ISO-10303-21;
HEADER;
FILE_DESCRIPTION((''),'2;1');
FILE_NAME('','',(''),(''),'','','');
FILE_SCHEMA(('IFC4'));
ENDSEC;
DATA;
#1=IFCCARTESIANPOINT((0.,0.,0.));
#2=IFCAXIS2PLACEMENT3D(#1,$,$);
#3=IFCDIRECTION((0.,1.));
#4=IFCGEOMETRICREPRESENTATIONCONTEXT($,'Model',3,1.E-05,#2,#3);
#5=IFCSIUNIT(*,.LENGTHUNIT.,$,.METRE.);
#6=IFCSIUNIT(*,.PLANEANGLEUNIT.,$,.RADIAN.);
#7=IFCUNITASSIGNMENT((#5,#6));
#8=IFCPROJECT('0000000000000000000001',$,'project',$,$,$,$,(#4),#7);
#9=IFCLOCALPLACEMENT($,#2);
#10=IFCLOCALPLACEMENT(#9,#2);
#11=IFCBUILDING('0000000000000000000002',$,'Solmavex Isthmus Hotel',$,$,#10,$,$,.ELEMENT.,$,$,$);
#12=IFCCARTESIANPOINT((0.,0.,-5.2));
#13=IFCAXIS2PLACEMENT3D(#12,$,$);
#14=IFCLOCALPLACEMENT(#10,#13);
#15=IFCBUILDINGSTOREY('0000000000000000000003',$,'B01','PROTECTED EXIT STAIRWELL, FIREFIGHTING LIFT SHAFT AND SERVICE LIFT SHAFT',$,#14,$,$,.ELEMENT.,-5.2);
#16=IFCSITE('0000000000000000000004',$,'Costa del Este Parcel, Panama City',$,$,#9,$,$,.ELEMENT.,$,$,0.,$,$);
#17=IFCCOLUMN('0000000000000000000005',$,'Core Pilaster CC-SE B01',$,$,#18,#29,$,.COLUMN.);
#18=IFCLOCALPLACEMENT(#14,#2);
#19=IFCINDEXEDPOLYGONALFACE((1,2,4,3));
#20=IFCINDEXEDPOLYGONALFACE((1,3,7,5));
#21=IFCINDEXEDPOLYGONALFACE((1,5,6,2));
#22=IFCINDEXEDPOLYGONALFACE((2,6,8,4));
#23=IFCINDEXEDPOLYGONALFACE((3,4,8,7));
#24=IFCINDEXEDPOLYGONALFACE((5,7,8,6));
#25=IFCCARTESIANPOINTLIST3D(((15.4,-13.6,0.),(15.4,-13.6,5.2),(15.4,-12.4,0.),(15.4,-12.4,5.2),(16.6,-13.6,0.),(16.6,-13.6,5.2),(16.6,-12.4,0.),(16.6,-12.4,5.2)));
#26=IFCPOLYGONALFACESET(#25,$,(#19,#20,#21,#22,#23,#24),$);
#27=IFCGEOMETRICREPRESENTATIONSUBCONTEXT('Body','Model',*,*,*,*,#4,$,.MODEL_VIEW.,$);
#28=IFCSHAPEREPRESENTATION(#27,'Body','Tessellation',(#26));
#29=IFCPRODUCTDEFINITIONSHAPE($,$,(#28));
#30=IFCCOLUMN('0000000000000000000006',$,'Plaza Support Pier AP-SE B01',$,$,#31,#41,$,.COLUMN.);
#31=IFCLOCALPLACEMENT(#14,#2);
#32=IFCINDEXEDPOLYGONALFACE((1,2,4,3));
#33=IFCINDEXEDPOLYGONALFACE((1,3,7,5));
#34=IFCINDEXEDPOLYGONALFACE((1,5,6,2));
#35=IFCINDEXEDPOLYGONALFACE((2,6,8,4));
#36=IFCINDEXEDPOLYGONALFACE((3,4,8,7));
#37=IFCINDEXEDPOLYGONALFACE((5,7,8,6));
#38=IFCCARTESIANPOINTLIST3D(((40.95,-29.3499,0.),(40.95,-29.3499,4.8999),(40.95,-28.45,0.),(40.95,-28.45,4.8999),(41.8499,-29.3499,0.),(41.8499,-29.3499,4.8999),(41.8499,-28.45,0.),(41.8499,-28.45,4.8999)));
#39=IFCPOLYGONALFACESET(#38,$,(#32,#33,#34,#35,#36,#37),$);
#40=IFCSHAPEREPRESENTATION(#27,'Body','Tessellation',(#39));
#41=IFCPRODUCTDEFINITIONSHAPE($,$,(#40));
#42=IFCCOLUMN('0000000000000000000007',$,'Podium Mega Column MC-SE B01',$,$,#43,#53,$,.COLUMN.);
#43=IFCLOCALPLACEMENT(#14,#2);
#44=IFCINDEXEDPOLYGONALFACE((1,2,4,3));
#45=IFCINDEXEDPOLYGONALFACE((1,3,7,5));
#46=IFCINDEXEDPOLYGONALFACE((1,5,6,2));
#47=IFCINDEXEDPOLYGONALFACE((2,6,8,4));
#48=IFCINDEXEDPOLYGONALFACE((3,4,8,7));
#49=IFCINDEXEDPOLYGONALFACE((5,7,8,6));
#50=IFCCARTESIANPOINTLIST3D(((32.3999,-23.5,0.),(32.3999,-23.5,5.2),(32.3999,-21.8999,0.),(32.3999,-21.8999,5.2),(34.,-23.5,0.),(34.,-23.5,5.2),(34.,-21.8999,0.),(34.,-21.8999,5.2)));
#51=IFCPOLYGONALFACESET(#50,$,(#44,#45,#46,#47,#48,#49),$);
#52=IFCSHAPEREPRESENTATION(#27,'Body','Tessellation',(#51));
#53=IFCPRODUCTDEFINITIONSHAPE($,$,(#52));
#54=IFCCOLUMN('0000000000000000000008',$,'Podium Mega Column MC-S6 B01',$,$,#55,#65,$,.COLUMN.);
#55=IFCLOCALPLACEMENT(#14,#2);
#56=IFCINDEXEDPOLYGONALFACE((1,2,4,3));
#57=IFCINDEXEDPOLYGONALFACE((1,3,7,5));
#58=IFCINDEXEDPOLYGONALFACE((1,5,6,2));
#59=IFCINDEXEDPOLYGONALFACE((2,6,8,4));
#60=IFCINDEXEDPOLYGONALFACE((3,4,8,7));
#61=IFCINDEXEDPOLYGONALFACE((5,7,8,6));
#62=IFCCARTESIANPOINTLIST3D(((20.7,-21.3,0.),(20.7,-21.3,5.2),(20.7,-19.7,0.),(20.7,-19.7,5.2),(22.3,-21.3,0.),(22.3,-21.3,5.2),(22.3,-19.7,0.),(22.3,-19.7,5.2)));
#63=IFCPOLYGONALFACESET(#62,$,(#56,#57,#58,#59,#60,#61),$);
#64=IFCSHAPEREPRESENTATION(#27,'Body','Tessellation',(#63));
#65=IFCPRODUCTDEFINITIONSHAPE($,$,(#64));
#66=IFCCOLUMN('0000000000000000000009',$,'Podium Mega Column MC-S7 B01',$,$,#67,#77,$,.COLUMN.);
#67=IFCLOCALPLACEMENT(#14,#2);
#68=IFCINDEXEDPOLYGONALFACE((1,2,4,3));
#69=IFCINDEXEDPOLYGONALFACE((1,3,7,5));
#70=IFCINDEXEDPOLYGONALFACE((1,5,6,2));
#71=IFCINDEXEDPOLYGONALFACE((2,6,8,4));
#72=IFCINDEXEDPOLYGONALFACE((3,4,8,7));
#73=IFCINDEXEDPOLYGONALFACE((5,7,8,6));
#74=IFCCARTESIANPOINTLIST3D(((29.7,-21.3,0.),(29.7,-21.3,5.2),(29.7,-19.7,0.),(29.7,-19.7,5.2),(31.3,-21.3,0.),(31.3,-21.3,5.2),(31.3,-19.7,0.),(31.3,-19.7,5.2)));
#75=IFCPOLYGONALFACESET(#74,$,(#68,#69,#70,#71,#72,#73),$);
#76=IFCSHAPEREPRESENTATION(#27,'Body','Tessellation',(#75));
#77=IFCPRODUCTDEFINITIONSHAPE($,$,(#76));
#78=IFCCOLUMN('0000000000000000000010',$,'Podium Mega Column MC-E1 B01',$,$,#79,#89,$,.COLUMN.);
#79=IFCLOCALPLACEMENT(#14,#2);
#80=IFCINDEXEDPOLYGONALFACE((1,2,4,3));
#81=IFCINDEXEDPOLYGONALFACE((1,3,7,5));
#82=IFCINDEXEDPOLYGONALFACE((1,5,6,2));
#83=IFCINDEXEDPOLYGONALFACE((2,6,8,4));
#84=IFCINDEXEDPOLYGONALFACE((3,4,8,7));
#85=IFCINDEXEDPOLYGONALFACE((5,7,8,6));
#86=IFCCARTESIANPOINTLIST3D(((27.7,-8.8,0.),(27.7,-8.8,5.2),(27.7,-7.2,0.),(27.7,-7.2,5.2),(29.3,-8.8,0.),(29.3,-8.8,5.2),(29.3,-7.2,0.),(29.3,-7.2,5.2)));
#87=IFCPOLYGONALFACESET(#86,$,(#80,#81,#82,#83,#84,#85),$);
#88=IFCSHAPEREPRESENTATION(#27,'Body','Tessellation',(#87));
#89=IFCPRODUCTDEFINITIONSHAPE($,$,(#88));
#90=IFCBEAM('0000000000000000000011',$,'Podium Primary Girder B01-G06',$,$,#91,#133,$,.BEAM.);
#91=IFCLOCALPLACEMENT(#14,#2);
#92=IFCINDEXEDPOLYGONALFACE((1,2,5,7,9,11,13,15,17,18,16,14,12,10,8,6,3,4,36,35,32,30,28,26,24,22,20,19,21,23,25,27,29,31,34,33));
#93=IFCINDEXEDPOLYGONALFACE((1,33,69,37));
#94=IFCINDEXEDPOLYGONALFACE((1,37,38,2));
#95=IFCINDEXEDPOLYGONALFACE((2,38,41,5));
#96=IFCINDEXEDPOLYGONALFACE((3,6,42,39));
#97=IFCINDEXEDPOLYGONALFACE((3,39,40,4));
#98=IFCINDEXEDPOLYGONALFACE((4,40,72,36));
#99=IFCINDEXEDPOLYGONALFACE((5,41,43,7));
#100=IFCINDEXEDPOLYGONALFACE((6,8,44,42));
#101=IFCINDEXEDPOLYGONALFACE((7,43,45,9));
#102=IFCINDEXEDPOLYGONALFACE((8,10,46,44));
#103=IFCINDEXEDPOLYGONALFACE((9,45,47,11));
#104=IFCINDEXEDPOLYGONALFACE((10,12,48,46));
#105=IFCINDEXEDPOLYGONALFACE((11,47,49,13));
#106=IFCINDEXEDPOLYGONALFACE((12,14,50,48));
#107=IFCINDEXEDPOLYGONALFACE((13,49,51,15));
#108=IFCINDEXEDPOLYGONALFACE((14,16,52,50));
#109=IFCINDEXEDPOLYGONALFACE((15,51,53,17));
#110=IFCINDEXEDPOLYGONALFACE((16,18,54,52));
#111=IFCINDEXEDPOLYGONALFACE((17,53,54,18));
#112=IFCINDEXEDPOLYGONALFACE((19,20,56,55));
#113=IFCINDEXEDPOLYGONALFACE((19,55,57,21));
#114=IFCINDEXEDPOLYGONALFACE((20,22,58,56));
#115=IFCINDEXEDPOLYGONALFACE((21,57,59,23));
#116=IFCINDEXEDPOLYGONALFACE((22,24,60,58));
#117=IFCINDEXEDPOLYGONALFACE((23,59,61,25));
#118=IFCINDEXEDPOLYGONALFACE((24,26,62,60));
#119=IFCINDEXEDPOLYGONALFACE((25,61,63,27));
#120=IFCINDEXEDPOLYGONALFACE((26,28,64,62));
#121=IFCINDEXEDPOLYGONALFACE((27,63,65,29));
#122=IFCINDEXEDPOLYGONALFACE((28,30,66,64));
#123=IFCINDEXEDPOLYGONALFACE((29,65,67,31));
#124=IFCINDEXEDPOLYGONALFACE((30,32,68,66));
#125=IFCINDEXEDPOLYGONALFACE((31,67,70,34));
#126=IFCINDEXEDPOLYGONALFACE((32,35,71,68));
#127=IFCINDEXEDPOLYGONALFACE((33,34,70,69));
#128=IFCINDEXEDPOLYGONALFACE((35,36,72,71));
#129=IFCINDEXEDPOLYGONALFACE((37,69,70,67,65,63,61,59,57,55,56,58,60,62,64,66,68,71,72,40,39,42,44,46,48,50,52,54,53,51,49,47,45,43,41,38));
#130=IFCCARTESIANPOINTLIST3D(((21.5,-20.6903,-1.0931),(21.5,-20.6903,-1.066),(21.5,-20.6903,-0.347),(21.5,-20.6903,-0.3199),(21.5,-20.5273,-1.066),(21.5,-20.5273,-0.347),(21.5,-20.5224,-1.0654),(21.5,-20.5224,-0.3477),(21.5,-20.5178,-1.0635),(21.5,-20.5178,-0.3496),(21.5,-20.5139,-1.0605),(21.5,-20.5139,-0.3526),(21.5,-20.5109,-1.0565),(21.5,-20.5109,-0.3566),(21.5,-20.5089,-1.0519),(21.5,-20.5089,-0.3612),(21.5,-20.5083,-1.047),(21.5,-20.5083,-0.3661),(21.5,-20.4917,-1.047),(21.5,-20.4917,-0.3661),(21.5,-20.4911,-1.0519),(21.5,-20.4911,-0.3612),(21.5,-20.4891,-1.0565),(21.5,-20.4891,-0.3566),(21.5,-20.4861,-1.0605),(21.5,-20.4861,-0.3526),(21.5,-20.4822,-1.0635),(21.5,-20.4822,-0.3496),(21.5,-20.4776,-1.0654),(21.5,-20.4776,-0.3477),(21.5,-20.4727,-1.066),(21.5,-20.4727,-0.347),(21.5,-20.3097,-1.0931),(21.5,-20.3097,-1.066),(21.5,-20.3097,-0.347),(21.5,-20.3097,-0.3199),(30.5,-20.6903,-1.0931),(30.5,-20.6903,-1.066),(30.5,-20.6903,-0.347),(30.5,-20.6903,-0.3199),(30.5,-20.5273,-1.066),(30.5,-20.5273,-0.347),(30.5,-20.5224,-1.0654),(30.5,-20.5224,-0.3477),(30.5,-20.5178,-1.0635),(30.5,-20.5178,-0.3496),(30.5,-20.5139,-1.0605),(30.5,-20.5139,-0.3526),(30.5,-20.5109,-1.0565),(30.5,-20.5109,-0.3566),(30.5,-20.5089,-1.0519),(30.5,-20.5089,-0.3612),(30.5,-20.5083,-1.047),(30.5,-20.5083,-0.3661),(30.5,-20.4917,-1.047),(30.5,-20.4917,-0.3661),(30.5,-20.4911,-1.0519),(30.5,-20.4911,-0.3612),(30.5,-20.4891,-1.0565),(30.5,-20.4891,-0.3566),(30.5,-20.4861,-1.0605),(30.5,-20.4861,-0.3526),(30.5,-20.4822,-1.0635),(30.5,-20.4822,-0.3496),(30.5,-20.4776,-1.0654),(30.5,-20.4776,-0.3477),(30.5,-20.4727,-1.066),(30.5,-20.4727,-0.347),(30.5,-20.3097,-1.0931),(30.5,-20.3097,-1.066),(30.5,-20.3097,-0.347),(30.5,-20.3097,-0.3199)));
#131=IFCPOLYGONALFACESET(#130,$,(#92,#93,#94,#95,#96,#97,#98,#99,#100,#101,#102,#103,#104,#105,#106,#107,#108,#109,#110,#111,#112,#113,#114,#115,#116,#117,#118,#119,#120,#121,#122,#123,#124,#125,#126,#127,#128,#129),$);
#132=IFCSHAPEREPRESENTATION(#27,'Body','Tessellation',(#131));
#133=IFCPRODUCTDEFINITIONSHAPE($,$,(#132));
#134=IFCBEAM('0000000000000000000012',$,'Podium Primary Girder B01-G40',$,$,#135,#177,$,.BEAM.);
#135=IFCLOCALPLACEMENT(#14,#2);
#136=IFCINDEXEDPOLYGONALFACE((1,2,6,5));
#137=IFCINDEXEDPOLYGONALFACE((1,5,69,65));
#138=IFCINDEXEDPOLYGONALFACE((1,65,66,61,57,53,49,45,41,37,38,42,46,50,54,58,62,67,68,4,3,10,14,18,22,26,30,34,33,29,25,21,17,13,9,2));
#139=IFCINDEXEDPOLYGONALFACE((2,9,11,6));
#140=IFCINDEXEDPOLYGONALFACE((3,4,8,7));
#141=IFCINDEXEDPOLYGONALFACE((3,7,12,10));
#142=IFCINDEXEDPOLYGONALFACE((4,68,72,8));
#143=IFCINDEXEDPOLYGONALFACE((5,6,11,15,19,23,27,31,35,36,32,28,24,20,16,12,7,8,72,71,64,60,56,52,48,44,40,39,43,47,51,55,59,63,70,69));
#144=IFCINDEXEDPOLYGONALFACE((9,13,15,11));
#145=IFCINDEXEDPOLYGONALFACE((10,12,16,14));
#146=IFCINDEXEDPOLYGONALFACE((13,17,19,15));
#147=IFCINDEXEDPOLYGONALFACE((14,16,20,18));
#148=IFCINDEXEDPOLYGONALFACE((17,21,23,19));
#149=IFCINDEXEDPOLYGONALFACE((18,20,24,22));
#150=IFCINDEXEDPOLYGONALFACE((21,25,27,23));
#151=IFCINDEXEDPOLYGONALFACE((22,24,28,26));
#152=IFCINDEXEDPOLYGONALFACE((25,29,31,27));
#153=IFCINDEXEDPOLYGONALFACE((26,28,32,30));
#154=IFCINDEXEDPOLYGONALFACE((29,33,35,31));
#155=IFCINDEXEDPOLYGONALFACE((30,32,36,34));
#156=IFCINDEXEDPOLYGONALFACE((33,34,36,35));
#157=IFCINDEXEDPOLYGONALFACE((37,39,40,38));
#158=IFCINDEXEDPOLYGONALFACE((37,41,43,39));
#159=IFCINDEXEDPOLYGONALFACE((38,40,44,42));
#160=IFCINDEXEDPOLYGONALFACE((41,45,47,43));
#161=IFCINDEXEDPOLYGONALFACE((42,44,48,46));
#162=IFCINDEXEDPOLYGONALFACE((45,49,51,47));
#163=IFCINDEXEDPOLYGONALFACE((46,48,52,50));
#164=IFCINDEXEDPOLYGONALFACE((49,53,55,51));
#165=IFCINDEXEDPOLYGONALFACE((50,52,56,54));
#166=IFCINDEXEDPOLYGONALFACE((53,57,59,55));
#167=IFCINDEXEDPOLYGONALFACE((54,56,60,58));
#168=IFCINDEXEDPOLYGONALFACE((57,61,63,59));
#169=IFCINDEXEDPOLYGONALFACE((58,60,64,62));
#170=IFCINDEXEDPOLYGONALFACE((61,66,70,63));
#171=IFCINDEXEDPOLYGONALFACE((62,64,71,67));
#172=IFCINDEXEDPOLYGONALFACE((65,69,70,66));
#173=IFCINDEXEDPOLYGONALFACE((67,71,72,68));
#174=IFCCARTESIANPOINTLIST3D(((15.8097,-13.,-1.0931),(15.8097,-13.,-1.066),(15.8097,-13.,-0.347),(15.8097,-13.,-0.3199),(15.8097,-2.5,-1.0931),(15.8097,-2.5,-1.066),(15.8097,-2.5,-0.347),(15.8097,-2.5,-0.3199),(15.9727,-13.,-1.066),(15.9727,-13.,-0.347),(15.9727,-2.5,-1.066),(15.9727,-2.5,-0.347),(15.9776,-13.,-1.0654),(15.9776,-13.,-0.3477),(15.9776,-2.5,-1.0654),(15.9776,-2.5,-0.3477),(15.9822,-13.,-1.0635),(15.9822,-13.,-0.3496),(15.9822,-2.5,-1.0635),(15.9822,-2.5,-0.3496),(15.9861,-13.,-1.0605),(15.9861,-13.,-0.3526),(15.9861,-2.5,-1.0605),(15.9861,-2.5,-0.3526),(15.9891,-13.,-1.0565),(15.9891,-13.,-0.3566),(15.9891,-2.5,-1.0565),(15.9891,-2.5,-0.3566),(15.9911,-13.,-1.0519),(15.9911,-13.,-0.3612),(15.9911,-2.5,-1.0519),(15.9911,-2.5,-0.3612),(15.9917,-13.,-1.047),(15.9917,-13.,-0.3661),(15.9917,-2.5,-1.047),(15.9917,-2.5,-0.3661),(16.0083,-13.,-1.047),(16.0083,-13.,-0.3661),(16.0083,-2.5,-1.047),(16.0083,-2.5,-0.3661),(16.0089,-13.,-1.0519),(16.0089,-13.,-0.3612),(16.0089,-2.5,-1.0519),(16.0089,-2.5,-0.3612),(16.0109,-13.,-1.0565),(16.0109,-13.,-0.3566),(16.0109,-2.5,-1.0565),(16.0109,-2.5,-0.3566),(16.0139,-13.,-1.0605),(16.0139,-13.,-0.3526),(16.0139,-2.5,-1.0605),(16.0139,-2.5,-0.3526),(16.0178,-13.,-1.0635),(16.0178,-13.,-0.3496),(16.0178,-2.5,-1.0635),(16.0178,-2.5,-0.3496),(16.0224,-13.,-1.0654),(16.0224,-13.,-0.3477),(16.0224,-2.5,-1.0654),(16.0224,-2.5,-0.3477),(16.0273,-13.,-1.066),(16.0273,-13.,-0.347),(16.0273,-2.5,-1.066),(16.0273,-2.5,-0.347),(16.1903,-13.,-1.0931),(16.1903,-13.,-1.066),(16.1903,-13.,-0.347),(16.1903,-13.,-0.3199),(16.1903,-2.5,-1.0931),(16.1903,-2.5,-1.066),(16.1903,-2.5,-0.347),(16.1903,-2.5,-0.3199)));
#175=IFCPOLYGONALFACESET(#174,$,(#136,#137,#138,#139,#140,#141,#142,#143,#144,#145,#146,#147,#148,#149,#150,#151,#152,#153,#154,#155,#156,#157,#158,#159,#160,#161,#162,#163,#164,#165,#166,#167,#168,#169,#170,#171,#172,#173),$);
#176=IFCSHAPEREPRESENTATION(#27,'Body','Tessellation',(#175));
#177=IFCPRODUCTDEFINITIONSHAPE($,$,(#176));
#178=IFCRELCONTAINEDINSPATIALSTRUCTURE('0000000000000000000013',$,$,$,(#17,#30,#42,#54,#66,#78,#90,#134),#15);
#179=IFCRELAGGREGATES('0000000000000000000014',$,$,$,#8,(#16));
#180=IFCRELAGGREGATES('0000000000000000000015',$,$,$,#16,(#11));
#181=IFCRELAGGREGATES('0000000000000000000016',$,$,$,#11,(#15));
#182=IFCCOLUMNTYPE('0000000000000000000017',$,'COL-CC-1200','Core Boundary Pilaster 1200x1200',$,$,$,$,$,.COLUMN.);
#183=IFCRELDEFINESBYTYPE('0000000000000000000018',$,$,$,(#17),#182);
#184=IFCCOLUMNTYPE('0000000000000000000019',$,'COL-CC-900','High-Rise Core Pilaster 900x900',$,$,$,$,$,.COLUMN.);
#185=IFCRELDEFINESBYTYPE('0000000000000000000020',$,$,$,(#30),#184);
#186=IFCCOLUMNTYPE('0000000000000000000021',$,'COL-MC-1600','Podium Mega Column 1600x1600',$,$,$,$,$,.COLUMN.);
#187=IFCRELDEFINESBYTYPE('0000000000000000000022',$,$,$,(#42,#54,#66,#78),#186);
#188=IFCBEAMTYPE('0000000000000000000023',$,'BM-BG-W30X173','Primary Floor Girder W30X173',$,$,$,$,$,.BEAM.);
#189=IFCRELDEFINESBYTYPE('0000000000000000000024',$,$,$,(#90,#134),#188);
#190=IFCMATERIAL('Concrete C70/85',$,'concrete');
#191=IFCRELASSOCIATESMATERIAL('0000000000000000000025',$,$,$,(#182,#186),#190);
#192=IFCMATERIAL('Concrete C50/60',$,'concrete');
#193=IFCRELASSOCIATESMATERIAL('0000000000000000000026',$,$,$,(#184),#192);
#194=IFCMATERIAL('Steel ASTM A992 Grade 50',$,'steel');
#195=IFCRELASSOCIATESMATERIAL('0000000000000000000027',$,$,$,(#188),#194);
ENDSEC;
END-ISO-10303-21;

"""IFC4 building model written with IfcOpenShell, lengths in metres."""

from ifc_helpers import new_model, si_unit, direction, frame, origin, origin_2d, place, context, subcontext, project, spatial, rectangle, i_section, extrude, material, material_profile, profile_set, type_object, element, save


model = new_model("IFC4")

# Units and contexts
model_context = context("Model", 3, precision=1e-05, world=origin(), true_north=direction((0.0, 1.0)))
body_context = subcontext(model_context, "Body", "Model", "MODEL_VIEW")
ifc_project = project(units=[si_unit("LENGTHUNIT", "METRE"), si_unit("PLANEANGLEUNIT", "RADIAN")], contexts=[model_context])

# Site, building, storey
site_placement = place(None, origin())
site = spatial("IfcSite", under=ifc_project, at=site_placement, Name="Costa del Este Parcel, Panama City", CompositionType="ELEMENT", RefElevation=0.0)
building_placement = place(site_placement, origin())
building = spatial("IfcBuilding", under=site, at=building_placement, Name="Solmavex Isthmus Hotel", CompositionType="ELEMENT")
storey_placement = place(building_placement, frame((0.0, 0.0, -5.2)))
storey = spatial("IfcBuildingStorey", under=building, at=storey_placement, Name="B01", Description="PROTECTED EXIT STAIRWELL, FIREFIGHTING LIFT SHAFT AND SERVICE LIFT SHAFT", CompositionType="ELEMENT", Elevation=-5.2)

# Columns
ifc_material_1 = material(Name="Concrete C70/85", Category="concrete")
ifc_material_profile_1 = material_profile(ifc_material_1, rectangle(XDim=1.2, YDim=1.2, at=origin_2d()), Name="RC1200X1200")
ifc_profile_set_1 = profile_set([ifc_material_profile_1], Name="Concrete C70/85")
column_type_1 = type_object("IfcColumnType", Name="COL-CC-1200", Description="Core Boundary Pilaster 1200x1200", PredefinedType="COLUMN", material=ifc_profile_set_1)
column_1_placement = place(storey_placement, frame((16.0, -13.0, 0.0), z_axis=(0.0, 0.0, 1.0), x_axis=(1.0, 0.0, 0.0)))
element("IfcColumn", 1, at=column_1_placement, inside=storey, type_object=column_type_1, Name="Core Pilaster CC-SE B01", PredefinedType="COLUMN", context=body_context, shape_type="SweptSolid", body=[
    extrude(rectangle(XDim=1.2, YDim=1.2, at=origin_2d()), origin(), (0.0, 0.0, 1.0), 5.2),
])
ifc_material_2 = material(Name="Concrete C50/60", Category="concrete")
ifc_material_profile_2 = material_profile(ifc_material_2, rectangle(XDim=0.8999, YDim=0.8999, at=origin_2d()), Name="RC900X900")
ifc_profile_set_2 = profile_set([ifc_material_profile_2], Name="Concrete C50/60")
column_type_2 = type_object("IfcColumnType", Name="COL-CC-900", Description="High-Rise Core Pilaster 900x900", PredefinedType="COLUMN", material=ifc_profile_set_2)
column_2_placement = place(storey_placement, frame((41.3999, -28.8999, 0.0), z_axis=(0.0, 0.0, 1.0), x_axis=(1.0, 0.0, 0.0)))
element("IfcColumn", 2, at=column_2_placement, inside=storey, type_object=column_type_2, Name="Plaza Support Pier AP-SE B01", PredefinedType="COLUMN", context=body_context, shape_type="SweptSolid", body=[
    extrude(rectangle(XDim=0.8999, YDim=0.8999, at=origin_2d()), origin(), (0.0, 0.0, 1.0), 4.8999),
])
ifc_material_profile_3 = material_profile(ifc_material_1, rectangle(XDim=1.6001, YDim=1.6001, at=origin_2d()), Name="RC1600X1600")
ifc_profile_set_3 = profile_set([ifc_material_profile_3], Name="Concrete C70/85")
column_type_3 = type_object("IfcColumnType", Name="COL-MC-1600", Description="Podium Mega Column 1600x1600", PredefinedType="COLUMN", material=ifc_profile_set_3)
for number, where, z_axis, x_axis, name in (
    (3, (33.2, -22.7, 0.0), (0.0, 0.0, 1.0), (1.0, 0.0, 0.0), "Podium Mega Column MC-SE B01"),
    (4, (21.5, -20.5, 0.0), (0.0, 0.0, 1.0), (1.0, 0.0, 0.0), "Podium Mega Column MC-S6 B01"),
    (5, (30.5, -20.5, 0.0), (0.0, 0.0, 1.0), (1.0, 0.0, 0.0), "Podium Mega Column MC-S7 B01"),
    (6, (28.5, -8.0, 0.0), (0.0, 0.0, 1.0), (1.0, 0.0, 0.0), "Podium Mega Column MC-E1 B01"),
):
    element("IfcColumn", number, at=place(storey_placement, frame(where, z_axis=z_axis, x_axis=x_axis)), inside=storey, type_object=column_type_3, Name=name, PredefinedType="COLUMN", context=body_context, shape_type="SweptSolid", body=[
        extrude(rectangle(XDim=1.6001, YDim=1.6001, at=origin_2d()), origin(), (0.0, 0.0, 1.0), 5.2),
    ])

# Beams
ifc_material_3 = material(Name="Steel ASTM A992 Grade 50", Category="steel")
ifc_material_profile_4 = material_profile(ifc_material_3, i_section(OverallWidth=0.3806, OverallDepth=0.7732, WebThickness=0.0166, FlangeThickness=0.0271, FilletRadius=0.019, at=origin_2d()), Name="W30X173")
ifc_profile_set_4 = profile_set([ifc_material_profile_4], Name="Steel ASTM A992 Grade 50")
beam_type_1 = type_object("IfcBeamType", Name="BM-BG-W30X173", Description="Primary Floor Girder W30X173", PredefinedType="BEAM", material=ifc_profile_set_4)
beam_1_placement = place(storey_placement, frame((21.5, -20.5, -0.7065), z_axis=(1.0, 0.0, 0.0), x_axis=(0.0, 1.0, 0.0)))
element("IfcBeam", 7, at=beam_1_placement, inside=storey, type_object=beam_type_1, Name="Podium Primary Girder B01-G06", PredefinedType="BEAM", context=body_context, shape_type="SweptSolid", body=[
    extrude(i_section(OverallWidth=0.3806, OverallDepth=0.7732, WebThickness=0.0166, FlangeThickness=0.0271, FilletRadius=0.019, at=origin_2d()), origin(), (0.0, 0.0, 1.0), 9.0),
])
beam_2_placement = place(storey_placement, frame((16.0, -13.0, -0.7065), z_axis=(0.0, 1.0, 0.0), x_axis=(-1.0, 0.0, 0.0)))
element("IfcBeam", 8, at=beam_2_placement, inside=storey, type_object=beam_type_1, Name="Podium Primary Girder B01-G40", PredefinedType="BEAM", context=body_context, shape_type="SweptSolid", body=[
    extrude(i_section(OverallWidth=0.3806, OverallDepth=0.7732, WebThickness=0.0166, FlangeThickness=0.0271, FilletRadius=0.019, at=origin_2d()), origin(), (0.0, 0.0, 1.0), 10.5),
])

save(model, "model.ifc")
